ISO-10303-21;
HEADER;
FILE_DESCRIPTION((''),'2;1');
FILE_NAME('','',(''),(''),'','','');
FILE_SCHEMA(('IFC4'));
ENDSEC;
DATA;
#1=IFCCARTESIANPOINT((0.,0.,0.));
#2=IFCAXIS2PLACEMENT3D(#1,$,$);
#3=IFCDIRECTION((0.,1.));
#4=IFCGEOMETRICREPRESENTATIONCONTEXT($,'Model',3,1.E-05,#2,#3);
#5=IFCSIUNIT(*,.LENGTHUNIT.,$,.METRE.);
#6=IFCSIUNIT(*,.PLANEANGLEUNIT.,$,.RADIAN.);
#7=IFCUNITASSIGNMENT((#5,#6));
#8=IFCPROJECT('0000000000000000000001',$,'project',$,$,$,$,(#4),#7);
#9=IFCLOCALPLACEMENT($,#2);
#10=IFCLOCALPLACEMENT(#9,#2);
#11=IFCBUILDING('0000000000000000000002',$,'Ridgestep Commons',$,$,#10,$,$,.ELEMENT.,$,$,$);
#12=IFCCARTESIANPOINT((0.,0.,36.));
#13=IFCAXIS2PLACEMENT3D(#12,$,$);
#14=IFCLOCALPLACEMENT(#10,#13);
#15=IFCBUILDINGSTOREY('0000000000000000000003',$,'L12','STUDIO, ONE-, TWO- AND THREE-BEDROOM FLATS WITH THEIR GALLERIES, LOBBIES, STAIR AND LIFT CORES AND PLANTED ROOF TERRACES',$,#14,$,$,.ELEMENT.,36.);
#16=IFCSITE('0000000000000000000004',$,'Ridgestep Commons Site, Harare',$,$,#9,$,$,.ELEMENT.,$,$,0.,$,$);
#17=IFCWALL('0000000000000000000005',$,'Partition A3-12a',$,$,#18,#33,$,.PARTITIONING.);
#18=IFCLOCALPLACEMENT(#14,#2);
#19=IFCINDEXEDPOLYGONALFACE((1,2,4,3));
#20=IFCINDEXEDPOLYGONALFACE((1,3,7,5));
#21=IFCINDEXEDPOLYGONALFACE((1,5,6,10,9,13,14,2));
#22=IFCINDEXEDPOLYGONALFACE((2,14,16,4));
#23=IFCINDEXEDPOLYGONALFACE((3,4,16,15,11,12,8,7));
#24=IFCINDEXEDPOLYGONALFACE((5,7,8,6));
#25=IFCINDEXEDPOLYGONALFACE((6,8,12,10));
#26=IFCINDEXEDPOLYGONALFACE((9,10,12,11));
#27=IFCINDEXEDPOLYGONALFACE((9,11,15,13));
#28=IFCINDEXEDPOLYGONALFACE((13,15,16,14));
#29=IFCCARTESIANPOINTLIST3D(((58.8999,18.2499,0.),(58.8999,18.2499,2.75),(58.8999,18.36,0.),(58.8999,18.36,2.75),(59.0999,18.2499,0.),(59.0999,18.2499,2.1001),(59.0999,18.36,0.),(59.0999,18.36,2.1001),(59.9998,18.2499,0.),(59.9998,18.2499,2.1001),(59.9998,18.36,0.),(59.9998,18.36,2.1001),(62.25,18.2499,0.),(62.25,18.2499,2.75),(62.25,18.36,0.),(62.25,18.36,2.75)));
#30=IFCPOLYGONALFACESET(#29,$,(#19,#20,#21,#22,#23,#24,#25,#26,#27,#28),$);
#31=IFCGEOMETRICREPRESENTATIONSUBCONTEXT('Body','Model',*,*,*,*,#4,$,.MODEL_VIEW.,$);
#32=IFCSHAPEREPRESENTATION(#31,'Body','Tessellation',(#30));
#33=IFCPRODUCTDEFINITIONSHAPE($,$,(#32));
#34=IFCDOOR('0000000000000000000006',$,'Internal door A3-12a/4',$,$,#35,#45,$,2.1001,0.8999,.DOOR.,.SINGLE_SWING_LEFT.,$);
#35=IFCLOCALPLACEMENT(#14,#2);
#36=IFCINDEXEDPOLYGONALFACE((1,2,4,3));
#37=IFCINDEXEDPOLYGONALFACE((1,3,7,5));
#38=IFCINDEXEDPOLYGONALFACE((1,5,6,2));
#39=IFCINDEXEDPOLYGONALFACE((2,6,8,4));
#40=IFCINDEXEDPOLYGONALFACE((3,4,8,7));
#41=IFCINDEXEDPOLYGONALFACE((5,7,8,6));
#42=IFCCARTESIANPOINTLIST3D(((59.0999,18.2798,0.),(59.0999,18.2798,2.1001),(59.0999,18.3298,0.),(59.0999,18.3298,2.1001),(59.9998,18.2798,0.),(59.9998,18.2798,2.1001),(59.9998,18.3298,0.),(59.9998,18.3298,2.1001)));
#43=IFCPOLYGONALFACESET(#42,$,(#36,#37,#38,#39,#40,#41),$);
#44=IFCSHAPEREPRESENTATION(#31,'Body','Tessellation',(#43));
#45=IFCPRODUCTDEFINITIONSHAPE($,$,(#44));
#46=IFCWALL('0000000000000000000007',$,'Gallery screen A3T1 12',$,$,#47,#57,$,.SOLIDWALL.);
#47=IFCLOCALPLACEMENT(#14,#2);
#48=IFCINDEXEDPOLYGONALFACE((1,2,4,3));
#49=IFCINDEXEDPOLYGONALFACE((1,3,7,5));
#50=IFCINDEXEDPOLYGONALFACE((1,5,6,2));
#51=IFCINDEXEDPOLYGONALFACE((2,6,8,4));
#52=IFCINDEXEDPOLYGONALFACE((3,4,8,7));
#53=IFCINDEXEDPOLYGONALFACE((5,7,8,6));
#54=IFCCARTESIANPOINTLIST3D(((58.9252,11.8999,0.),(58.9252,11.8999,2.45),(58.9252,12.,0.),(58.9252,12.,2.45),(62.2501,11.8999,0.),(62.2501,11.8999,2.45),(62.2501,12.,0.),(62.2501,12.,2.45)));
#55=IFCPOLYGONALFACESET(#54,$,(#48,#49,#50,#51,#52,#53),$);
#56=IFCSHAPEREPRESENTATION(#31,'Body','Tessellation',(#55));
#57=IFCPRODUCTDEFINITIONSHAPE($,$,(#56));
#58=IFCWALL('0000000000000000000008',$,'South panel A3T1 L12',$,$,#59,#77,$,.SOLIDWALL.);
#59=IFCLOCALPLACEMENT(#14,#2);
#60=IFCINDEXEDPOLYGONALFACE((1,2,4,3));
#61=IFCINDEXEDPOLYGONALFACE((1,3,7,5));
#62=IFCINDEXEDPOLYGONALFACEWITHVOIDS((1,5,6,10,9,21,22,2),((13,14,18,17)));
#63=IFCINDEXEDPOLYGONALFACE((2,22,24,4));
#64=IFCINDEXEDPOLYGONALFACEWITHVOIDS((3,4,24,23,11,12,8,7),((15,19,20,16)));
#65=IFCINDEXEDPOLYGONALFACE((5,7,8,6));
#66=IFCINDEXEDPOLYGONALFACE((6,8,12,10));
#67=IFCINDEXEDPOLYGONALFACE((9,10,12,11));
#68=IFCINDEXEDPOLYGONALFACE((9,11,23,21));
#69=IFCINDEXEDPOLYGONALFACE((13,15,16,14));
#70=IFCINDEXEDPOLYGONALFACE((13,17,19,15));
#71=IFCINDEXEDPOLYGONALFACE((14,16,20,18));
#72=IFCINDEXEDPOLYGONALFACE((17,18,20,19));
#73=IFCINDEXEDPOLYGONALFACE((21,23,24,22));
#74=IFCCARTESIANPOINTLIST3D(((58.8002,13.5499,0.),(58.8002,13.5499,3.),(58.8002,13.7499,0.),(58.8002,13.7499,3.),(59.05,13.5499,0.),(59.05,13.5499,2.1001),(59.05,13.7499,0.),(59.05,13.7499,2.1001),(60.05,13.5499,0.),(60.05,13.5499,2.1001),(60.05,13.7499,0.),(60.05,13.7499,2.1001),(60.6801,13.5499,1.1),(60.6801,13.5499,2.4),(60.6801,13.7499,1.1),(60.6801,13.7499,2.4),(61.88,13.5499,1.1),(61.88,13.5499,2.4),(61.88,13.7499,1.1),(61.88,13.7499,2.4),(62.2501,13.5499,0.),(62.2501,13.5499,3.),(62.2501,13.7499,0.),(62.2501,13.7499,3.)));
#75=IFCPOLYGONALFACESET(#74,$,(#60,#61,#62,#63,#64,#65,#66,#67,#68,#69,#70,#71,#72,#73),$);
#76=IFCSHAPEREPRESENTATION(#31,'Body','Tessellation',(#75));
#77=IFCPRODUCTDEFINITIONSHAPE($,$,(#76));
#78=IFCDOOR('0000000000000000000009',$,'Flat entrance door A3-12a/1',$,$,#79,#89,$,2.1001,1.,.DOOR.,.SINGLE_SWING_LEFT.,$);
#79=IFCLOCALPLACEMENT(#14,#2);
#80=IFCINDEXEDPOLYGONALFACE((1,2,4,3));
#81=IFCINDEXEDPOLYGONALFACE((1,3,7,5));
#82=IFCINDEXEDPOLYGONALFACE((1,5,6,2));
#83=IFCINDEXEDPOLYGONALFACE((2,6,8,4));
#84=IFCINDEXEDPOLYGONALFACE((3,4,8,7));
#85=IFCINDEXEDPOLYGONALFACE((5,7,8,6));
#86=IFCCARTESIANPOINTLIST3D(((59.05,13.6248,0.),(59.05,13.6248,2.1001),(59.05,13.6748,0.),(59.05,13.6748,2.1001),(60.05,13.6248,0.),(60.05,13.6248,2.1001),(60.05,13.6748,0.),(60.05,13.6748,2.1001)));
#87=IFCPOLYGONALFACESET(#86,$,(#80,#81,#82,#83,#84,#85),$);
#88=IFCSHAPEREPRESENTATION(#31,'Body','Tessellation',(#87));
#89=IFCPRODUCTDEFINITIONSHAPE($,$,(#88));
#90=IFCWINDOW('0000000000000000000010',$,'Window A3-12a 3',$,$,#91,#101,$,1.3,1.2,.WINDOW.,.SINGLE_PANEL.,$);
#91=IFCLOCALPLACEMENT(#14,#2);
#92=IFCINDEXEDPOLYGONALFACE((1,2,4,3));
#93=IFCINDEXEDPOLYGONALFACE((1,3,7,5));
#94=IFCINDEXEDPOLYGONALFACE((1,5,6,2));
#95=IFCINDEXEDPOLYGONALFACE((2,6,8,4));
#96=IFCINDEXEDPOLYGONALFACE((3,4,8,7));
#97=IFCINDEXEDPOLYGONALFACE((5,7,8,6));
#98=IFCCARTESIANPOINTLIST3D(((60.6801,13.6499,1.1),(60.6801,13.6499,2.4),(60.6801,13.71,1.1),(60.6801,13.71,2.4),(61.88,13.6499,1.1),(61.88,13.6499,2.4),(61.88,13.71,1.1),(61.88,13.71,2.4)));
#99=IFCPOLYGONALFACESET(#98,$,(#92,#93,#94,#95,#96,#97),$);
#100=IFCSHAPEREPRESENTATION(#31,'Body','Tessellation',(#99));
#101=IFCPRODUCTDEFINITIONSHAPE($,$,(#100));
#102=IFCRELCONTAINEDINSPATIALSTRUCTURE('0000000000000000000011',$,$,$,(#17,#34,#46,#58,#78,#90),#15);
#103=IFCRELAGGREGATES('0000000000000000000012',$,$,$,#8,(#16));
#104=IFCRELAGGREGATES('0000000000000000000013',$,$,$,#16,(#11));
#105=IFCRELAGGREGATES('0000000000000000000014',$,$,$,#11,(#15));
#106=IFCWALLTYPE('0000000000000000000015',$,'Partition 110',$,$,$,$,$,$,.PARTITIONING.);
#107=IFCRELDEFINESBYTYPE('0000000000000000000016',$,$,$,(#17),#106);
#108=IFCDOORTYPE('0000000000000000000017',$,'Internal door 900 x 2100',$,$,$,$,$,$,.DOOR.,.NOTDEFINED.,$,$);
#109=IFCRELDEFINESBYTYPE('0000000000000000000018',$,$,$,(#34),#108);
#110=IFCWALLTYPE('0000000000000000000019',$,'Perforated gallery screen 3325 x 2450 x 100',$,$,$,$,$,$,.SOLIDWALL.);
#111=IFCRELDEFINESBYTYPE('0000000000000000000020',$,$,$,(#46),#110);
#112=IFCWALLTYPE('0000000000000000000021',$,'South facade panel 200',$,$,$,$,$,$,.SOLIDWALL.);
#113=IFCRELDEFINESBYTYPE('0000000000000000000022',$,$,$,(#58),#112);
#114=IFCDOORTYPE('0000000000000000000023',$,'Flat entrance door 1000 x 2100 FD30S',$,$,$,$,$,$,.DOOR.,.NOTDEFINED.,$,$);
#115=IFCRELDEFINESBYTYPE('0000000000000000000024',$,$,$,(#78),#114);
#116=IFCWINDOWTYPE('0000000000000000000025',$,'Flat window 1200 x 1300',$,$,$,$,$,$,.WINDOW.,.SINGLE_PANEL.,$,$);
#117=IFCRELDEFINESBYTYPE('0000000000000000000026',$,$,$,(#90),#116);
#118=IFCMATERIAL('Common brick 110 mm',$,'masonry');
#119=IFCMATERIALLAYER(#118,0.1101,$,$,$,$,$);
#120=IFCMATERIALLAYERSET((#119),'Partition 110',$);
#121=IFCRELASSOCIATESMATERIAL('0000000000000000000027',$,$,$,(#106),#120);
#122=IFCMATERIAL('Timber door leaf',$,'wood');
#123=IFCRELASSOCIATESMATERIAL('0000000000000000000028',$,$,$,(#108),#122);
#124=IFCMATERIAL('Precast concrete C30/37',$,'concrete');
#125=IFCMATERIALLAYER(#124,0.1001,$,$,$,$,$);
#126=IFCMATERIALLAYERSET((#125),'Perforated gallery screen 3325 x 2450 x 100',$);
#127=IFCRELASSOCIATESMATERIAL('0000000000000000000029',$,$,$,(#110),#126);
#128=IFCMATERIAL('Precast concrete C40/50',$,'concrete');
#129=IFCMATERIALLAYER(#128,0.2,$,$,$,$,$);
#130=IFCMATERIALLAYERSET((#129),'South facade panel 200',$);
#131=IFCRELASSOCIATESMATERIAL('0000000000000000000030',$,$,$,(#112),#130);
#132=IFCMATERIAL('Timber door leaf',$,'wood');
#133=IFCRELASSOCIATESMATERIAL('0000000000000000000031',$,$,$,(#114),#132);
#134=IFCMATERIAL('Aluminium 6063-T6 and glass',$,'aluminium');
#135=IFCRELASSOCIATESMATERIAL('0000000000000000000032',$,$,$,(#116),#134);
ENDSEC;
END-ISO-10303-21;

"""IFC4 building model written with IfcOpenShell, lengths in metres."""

from ifc_helpers import new_model, si_unit, direction, frame, frame_2d, origin, place, context, subcontext, project, spatial, rectangle, extrude, material, layer, layer_set, type_object, element, fill, save


model = new_model("IFC4")

# Units and contexts
model_context = context("Model", 3, precision=1e-05, world=origin(), true_north=direction((0.0, 1.0)))
body_context = subcontext(model_context, "Body", "Model", "MODEL_VIEW")
ifc_project = project(units=[si_unit("LENGTHUNIT", "METRE"), si_unit("PLANEANGLEUNIT", "RADIAN")], contexts=[model_context])

# Site, building, storey
site_placement = place(None, origin())
site = spatial("IfcSite", under=ifc_project, at=site_placement, Name="Ridgestep Commons Site, Harare", CompositionType="ELEMENT", RefElevation=0.0)
building_placement = place(site_placement, origin())
building = spatial("IfcBuilding", under=site, at=building_placement, Name="Ridgestep Commons", CompositionType="ELEMENT")
storey_placement = place(building_placement, frame((0.0, 0.0, 36.0)))
storey = spatial("IfcBuildingStorey", under=building, at=storey_placement, Name="L12", Description="STUDIO, ONE-, TWO- AND THREE-BEDROOM FLATS WITH THEIR GALLERIES, LOBBIES, STAIR AND LIFT CORES AND PLANTED ROOF TERRACES", CompositionType="ELEMENT", Elevation=36.0)

# Shared definitions
ifc_material_1 = material(Name="Common brick 110 mm", Category="masonry")
ifc_layer_1 = layer(ifc_material_1, 0.1101)
ifc_layer_set_1 = layer_set([ifc_layer_1], Name="Partition 110")
wall_type_1 = type_object("IfcWallType", Name="Partition 110", PredefinedType="PARTITIONING", material=ifc_layer_set_1)

# Wall, opening, door
wall_1_placement = place(storey_placement, frame((58.8999, 18.3049, 0.0), z_axis=(0.0, 0.0, 1.0), x_axis=(1.0, 0.0, 0.0)))
wall_1 = element("IfcWall", 1, at=wall_1_placement, inside=storey, type_object=wall_type_1, Name="Partition A3-12a", PredefinedType="PARTITIONING", context=body_context, shape_type="SweptSolid", body=[
    extrude(rectangle(XDim=3.3501, YDim=0.1101, at=frame_2d((1.675, 0.0))), origin(), (0.0, 0.0, 1.0), 2.75),
])
opening_1_placement = place(wall_1_placement, frame((0.2, 0.0, 0.0)))
opening_1 = element("IfcOpeningElement", 2, at=opening_1_placement, cuts=wall_1, PredefinedType="OPENING", context=body_context, shape_type="SweptSolid", body=[
    extrude(rectangle(XDim=0.8999, YDim=2.1001, at=frame_2d((0.45, 1.05))), frame((0.0, 0.0649, 0.0), z_axis=(0.0, -1.0, 0.0), x_axis=(1.0, 0.0, 0.0)), (0.0, 0.0, 1.0), 0.1301),
])
ifc_material_2 = material(Name="Timber door leaf", Category="wood")
door_type_1 = type_object("IfcDoorType", Name="Internal door 900 x 2100", OperationType="NOTDEFINED", PredefinedType="DOOR", material=ifc_material_2)
door_1_placement = place(opening_1_placement, origin())
door_1 = element("IfcDoor", 3, at=door_1_placement, inside=storey, type_object=door_type_1, Name="Internal door A3-12a/4", OperationType="SINGLE_SWING_LEFT", OverallHeight=2.1001, OverallWidth=0.8999, PredefinedType="DOOR", context=body_context, shape_type="SweptSolid", body=[
    extrude(rectangle(XDim=0.8999, YDim=2.1001, at=frame_2d((0.45, 1.05))), frame((0.0, 0.0249, 0.0), z_axis=(0.0, -1.0, 0.0), x_axis=(1.0, 0.0, 0.0)), (0.0, 0.0, 1.0), 0.05),
])
fill(opening_1, door_1)

# Wall
ifc_material_3 = material(Name="Precast concrete C30/37", Category="concrete")
ifc_layer_2 = layer(ifc_material_3, 0.1001)
ifc_layer_set_2 = layer_set([ifc_layer_2], Name="Perforated gallery screen 3325 x 2450 x 100")
wall_type_2 = type_object("IfcWallType", Name="Perforated gallery screen 3325 x 2450 x 100", PredefinedType="SOLIDWALL", material=ifc_layer_set_2)
wall_2_placement = place(storey_placement, frame((58.925, 11.95, 0.0), z_axis=(0.0, 0.0, 1.0), x_axis=(1.0, 0.0, 0.0)))
element("IfcWall", 4, at=wall_2_placement, inside=storey, type_object=wall_type_2, Name="Gallery screen A3T1 12", PredefinedType="SOLIDWALL", context=body_context, shape_type="SweptSolid", body=[
    extrude(rectangle(XDim=3.325, YDim=0.1001, at=frame_2d((1.6626, 0.0))), origin(), (0.0, 0.0, 1.0), 2.45),
])

# Wall, openings, door, window
ifc_material_4 = material(Name="Precast concrete C40/50", Category="concrete")
ifc_layer_3 = layer(ifc_material_4, 0.2)
ifc_layer_set_3 = layer_set([ifc_layer_3], Name="South facade panel 200")
wall_type_3 = type_object("IfcWallType", Name="South facade panel 200", PredefinedType="SOLIDWALL", material=ifc_layer_set_3)
wall_3_placement = place(storey_placement, frame((58.8, 13.6499, 0.0), z_axis=(0.0, 0.0, 1.0), x_axis=(1.0, 0.0, 0.0)))
wall_3 = element("IfcWall", 5, at=wall_3_placement, inside=storey, type_object=wall_type_3, Name="South panel A3T1 L12", PredefinedType="SOLIDWALL", context=body_context, shape_type="SweptSolid", body=[
    extrude(rectangle(XDim=3.45, YDim=0.2, at=frame_2d((1.7251, 0.0))), origin(), (0.0, 0.0, 1.0), 3.0),
])
opening_2_placement = place(wall_3_placement, frame((1.8799, 0.0, 1.1001)))
opening_2 = element("IfcOpeningElement", 6, at=opening_2_placement, cuts=wall_3, PredefinedType="OPENING", context=body_context, shape_type="SweptSolid", body=[
    extrude(rectangle(XDim=1.2, YDim=1.3, at=frame_2d((0.6001, 0.6499))), frame((0.0, 0.1099, 0.0), z_axis=(0.0, -1.0, 0.0), x_axis=(1.0, 0.0, 0.0)), (0.0, 0.0, 1.0), 0.22),
])
opening_3_placement = place(wall_3_placement, frame((0.25, 0.0, 0.0)))
opening_3 = element("IfcOpeningElement", 7, at=opening_3_placement, cuts=wall_3, PredefinedType="OPENING", context=body_context, shape_type="SweptSolid", body=[
    extrude(rectangle(XDim=1.0, YDim=2.1001, at=frame_2d((0.5, 1.05))), frame((0.0, 0.1099, 0.0), z_axis=(0.0, -1.0, 0.0), x_axis=(1.0, 0.0, 0.0)), (0.0, 0.0, 1.0), 0.22),
])
ifc_material_5 = material(Name="Timber door leaf", Category="wood")
door_type_2 = type_object("IfcDoorType", Name="Flat entrance door 1000 x 2100 FD30S", OperationType="NOTDEFINED", PredefinedType="DOOR", material=ifc_material_5)
door_2_placement = place(opening_3_placement, origin())
door_2 = element("IfcDoor", 8, at=door_2_placement, inside=storey, type_object=door_type_2, Name="Flat entrance door A3-12a/1", OperationType="SINGLE_SWING_LEFT", OverallHeight=2.1001, OverallWidth=1.0, PredefinedType="DOOR", context=body_context, shape_type="SweptSolid", body=[
    extrude(rectangle(XDim=1.0, YDim=2.1001, at=frame_2d((0.5, 1.05))), frame((0.0, 0.0249, 0.0), z_axis=(0.0, -1.0, 0.0), x_axis=(1.0, 0.0, 0.0)), (0.0, 0.0, 1.0), 0.05),
])
fill(opening_3, door_2)
ifc_material_6 = material(Name="Aluminium 6063-T6 and glass", Category="aluminium")
window_type_1 = type_object("IfcWindowType", Name="Flat window 1200 x 1300", PartitioningType="SINGLE_PANEL", PredefinedType="WINDOW", material=ifc_material_6)
window_1_placement = place(opening_2_placement, origin())
window_1 = element("IfcWindow", 9, at=window_1_placement, inside=storey, type_object=window_type_1, Name="Window A3-12a 3", OverallHeight=1.3, OverallWidth=1.2, PartitioningType="SINGLE_PANEL", PredefinedType="WINDOW", context=body_context, shape_type="SweptSolid", body=[
    extrude(rectangle(XDim=1.2, YDim=1.3, at=frame_2d((0.6001, 0.6499))), frame((0.0, 0.0601, 0.0), z_axis=(0.0, -1.0, 0.0), x_axis=(1.0, 0.0, 0.0)), (0.0, 0.0, 1.0), 0.0601),
])
fill(opening_2, window_1)

save(model, "model.ifc")
